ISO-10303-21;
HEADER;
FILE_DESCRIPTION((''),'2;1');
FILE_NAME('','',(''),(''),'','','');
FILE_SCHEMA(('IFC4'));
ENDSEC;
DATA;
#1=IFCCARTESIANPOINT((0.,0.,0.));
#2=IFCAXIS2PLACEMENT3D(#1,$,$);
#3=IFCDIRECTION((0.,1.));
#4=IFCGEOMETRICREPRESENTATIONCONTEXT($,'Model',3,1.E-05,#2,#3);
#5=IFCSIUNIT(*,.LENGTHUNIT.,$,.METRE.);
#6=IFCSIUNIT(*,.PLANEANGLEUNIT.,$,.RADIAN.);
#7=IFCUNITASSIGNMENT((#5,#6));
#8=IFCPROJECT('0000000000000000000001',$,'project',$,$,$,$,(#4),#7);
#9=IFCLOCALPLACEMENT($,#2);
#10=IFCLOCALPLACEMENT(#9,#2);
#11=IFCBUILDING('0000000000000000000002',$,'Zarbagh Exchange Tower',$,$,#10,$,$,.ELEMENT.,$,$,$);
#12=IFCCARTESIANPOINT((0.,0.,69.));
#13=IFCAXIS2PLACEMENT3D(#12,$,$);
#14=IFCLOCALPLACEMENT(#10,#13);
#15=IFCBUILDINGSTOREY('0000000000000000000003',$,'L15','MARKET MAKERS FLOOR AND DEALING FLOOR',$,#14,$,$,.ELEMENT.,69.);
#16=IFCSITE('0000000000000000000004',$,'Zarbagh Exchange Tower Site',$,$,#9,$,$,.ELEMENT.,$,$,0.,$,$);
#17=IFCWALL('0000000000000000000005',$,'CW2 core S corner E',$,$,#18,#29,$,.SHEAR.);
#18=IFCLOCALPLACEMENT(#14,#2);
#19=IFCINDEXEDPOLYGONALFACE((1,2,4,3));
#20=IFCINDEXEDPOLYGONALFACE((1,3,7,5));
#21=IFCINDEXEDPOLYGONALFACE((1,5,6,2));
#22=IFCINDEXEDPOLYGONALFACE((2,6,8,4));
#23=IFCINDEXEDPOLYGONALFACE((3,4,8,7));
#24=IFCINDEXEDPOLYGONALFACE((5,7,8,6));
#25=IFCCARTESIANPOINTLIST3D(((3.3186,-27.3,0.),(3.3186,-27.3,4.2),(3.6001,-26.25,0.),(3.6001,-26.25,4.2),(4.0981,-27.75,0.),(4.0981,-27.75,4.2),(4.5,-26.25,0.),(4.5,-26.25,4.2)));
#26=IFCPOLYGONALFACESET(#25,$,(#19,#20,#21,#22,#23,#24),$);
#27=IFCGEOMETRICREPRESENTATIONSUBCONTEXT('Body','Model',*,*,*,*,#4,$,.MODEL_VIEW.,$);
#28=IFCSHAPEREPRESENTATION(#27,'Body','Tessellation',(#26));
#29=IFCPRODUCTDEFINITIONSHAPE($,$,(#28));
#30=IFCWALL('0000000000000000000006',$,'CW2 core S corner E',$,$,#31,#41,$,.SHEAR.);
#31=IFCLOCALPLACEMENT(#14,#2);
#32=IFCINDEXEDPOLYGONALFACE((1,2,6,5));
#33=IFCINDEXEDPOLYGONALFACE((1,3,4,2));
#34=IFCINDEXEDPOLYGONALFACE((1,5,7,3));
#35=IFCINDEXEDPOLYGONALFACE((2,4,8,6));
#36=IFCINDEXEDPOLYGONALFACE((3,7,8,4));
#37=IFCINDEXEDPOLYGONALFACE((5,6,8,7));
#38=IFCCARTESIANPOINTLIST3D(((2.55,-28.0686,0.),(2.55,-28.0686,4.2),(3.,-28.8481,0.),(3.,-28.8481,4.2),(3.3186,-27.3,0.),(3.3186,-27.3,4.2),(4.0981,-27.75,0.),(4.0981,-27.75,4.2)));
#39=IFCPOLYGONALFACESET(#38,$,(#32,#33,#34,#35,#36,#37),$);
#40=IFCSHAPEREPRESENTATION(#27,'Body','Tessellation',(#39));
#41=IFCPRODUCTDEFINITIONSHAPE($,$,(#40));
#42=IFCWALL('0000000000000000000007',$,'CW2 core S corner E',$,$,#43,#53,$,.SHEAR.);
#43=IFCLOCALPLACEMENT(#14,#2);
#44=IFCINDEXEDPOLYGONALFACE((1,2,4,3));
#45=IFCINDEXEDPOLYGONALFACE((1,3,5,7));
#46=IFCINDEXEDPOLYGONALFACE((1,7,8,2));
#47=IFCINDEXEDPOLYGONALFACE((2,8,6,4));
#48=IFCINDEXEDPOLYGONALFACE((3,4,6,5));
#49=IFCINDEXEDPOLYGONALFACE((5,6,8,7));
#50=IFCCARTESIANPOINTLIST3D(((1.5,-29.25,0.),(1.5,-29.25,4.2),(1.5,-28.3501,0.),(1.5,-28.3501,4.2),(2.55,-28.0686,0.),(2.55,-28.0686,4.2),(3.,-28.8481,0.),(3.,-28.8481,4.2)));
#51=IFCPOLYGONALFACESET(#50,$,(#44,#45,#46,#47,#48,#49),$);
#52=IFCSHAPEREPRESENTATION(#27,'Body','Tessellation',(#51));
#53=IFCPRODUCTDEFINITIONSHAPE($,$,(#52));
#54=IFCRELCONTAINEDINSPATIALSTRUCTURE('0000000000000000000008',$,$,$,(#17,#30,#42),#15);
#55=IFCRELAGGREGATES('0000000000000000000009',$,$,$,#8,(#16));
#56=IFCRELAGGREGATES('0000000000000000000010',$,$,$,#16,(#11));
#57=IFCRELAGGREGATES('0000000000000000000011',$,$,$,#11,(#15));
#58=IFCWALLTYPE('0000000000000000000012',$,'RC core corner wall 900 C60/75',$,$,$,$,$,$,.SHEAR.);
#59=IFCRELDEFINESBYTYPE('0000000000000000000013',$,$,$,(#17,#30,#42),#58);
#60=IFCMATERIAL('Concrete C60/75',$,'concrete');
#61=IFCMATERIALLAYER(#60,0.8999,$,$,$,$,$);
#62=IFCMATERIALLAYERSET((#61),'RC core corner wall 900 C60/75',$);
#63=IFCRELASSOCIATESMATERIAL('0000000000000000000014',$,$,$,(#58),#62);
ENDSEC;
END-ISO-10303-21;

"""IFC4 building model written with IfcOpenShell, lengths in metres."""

from ifc_helpers import new_model, si_unit, direction, frame, origin, place, context, subcontext, project, spatial, polyline, outline, extrude, material, layer, layer_set, type_object, element, save


model = new_model("IFC4")

# Units and contexts
model_context = context("Model", 3, precision=1e-05, world=origin(), true_north=direction((0.0, 1.0)))
body_context = subcontext(model_context, "Body", "Model", "MODEL_VIEW")
ifc_project = project(units=[si_unit("LENGTHUNIT", "METRE"), si_unit("PLANEANGLEUNIT", "RADIAN")], contexts=[model_context])

# Site, building, storey
site_placement = place(None, origin())
site = spatial("IfcSite", under=ifc_project, at=site_placement, Name="Zarbagh Exchange Tower Site", CompositionType="ELEMENT", RefElevation=0.0)
building_placement = place(site_placement, origin())
building = spatial("IfcBuilding", under=site, at=building_placement, Name="Zarbagh Exchange Tower", CompositionType="ELEMENT")
storey_placement = place(building_placement, frame((0.0, 0.0, 69.0)))
storey = spatial("IfcBuildingStorey", under=building, at=storey_placement, Name="L15", Description="MARKET MAKERS FLOOR AND DEALING FLOOR", CompositionType="ELEMENT", Elevation=69.0)

# Walls
ifc_material_1 = material(Name="Concrete C60/75", Category="concrete")
ifc_layer_1 = layer(ifc_material_1, 0.8999)
ifc_layer_set_1 = layer_set([ifc_layer_1], Name="RC core corner wall 900 C60/75")
wall_type = type_object("IfcWallType", Name="RC core corner wall 900 C60/75", PredefinedType="SHEAR", material=ifc_layer_set_1)
wall_1_placement = place(storey_placement, origin())
element("IfcWall", 1, at=wall_1_placement, inside=storey, type_object=wall_type, Name="CW2 core S corner E", PredefinedType="SHEAR", context=body_context, shape_type="SweptSolid", body=[
    extrude(outline(polyline([(4.5, -26.25), (4.0981, -27.75), (3.3186, -27.3), (3.6001, -26.25), (4.5, -26.25)])), origin(), (0.0, 0.0, 1.0), 4.2),
])
wall_2_placement = place(storey_placement, origin())
element("IfcWall", 2, at=wall_2_placement, inside=storey, type_object=wall_type, Name="CW2 core S corner E", PredefinedType="SHEAR", context=body_context, shape_type="SweptSolid", body=[
    extrude(outline(polyline([(4.0981, -27.75), (3.0, -28.8481), (2.55, -28.0686), (3.3186, -27.3), (4.0981, -27.75)])), origin(), (0.0, 0.0, 1.0), 4.2),
])
wall_3_placement = place(storey_placement, origin())
element("IfcWall", 3, at=wall_3_placement, inside=storey, type_object=wall_type, Name="CW2 core S corner E", PredefinedType="SHEAR", context=body_context, shape_type="SweptSolid", body=[
    extrude(outline(polyline([(3.0, -28.8481), (1.5, -29.25), (1.5, -28.3501), (2.55, -28.0686), (3.0, -28.8481)])), origin(), (0.0, 0.0, 1.0), 4.2),
])

save(model, "model.ifc")
